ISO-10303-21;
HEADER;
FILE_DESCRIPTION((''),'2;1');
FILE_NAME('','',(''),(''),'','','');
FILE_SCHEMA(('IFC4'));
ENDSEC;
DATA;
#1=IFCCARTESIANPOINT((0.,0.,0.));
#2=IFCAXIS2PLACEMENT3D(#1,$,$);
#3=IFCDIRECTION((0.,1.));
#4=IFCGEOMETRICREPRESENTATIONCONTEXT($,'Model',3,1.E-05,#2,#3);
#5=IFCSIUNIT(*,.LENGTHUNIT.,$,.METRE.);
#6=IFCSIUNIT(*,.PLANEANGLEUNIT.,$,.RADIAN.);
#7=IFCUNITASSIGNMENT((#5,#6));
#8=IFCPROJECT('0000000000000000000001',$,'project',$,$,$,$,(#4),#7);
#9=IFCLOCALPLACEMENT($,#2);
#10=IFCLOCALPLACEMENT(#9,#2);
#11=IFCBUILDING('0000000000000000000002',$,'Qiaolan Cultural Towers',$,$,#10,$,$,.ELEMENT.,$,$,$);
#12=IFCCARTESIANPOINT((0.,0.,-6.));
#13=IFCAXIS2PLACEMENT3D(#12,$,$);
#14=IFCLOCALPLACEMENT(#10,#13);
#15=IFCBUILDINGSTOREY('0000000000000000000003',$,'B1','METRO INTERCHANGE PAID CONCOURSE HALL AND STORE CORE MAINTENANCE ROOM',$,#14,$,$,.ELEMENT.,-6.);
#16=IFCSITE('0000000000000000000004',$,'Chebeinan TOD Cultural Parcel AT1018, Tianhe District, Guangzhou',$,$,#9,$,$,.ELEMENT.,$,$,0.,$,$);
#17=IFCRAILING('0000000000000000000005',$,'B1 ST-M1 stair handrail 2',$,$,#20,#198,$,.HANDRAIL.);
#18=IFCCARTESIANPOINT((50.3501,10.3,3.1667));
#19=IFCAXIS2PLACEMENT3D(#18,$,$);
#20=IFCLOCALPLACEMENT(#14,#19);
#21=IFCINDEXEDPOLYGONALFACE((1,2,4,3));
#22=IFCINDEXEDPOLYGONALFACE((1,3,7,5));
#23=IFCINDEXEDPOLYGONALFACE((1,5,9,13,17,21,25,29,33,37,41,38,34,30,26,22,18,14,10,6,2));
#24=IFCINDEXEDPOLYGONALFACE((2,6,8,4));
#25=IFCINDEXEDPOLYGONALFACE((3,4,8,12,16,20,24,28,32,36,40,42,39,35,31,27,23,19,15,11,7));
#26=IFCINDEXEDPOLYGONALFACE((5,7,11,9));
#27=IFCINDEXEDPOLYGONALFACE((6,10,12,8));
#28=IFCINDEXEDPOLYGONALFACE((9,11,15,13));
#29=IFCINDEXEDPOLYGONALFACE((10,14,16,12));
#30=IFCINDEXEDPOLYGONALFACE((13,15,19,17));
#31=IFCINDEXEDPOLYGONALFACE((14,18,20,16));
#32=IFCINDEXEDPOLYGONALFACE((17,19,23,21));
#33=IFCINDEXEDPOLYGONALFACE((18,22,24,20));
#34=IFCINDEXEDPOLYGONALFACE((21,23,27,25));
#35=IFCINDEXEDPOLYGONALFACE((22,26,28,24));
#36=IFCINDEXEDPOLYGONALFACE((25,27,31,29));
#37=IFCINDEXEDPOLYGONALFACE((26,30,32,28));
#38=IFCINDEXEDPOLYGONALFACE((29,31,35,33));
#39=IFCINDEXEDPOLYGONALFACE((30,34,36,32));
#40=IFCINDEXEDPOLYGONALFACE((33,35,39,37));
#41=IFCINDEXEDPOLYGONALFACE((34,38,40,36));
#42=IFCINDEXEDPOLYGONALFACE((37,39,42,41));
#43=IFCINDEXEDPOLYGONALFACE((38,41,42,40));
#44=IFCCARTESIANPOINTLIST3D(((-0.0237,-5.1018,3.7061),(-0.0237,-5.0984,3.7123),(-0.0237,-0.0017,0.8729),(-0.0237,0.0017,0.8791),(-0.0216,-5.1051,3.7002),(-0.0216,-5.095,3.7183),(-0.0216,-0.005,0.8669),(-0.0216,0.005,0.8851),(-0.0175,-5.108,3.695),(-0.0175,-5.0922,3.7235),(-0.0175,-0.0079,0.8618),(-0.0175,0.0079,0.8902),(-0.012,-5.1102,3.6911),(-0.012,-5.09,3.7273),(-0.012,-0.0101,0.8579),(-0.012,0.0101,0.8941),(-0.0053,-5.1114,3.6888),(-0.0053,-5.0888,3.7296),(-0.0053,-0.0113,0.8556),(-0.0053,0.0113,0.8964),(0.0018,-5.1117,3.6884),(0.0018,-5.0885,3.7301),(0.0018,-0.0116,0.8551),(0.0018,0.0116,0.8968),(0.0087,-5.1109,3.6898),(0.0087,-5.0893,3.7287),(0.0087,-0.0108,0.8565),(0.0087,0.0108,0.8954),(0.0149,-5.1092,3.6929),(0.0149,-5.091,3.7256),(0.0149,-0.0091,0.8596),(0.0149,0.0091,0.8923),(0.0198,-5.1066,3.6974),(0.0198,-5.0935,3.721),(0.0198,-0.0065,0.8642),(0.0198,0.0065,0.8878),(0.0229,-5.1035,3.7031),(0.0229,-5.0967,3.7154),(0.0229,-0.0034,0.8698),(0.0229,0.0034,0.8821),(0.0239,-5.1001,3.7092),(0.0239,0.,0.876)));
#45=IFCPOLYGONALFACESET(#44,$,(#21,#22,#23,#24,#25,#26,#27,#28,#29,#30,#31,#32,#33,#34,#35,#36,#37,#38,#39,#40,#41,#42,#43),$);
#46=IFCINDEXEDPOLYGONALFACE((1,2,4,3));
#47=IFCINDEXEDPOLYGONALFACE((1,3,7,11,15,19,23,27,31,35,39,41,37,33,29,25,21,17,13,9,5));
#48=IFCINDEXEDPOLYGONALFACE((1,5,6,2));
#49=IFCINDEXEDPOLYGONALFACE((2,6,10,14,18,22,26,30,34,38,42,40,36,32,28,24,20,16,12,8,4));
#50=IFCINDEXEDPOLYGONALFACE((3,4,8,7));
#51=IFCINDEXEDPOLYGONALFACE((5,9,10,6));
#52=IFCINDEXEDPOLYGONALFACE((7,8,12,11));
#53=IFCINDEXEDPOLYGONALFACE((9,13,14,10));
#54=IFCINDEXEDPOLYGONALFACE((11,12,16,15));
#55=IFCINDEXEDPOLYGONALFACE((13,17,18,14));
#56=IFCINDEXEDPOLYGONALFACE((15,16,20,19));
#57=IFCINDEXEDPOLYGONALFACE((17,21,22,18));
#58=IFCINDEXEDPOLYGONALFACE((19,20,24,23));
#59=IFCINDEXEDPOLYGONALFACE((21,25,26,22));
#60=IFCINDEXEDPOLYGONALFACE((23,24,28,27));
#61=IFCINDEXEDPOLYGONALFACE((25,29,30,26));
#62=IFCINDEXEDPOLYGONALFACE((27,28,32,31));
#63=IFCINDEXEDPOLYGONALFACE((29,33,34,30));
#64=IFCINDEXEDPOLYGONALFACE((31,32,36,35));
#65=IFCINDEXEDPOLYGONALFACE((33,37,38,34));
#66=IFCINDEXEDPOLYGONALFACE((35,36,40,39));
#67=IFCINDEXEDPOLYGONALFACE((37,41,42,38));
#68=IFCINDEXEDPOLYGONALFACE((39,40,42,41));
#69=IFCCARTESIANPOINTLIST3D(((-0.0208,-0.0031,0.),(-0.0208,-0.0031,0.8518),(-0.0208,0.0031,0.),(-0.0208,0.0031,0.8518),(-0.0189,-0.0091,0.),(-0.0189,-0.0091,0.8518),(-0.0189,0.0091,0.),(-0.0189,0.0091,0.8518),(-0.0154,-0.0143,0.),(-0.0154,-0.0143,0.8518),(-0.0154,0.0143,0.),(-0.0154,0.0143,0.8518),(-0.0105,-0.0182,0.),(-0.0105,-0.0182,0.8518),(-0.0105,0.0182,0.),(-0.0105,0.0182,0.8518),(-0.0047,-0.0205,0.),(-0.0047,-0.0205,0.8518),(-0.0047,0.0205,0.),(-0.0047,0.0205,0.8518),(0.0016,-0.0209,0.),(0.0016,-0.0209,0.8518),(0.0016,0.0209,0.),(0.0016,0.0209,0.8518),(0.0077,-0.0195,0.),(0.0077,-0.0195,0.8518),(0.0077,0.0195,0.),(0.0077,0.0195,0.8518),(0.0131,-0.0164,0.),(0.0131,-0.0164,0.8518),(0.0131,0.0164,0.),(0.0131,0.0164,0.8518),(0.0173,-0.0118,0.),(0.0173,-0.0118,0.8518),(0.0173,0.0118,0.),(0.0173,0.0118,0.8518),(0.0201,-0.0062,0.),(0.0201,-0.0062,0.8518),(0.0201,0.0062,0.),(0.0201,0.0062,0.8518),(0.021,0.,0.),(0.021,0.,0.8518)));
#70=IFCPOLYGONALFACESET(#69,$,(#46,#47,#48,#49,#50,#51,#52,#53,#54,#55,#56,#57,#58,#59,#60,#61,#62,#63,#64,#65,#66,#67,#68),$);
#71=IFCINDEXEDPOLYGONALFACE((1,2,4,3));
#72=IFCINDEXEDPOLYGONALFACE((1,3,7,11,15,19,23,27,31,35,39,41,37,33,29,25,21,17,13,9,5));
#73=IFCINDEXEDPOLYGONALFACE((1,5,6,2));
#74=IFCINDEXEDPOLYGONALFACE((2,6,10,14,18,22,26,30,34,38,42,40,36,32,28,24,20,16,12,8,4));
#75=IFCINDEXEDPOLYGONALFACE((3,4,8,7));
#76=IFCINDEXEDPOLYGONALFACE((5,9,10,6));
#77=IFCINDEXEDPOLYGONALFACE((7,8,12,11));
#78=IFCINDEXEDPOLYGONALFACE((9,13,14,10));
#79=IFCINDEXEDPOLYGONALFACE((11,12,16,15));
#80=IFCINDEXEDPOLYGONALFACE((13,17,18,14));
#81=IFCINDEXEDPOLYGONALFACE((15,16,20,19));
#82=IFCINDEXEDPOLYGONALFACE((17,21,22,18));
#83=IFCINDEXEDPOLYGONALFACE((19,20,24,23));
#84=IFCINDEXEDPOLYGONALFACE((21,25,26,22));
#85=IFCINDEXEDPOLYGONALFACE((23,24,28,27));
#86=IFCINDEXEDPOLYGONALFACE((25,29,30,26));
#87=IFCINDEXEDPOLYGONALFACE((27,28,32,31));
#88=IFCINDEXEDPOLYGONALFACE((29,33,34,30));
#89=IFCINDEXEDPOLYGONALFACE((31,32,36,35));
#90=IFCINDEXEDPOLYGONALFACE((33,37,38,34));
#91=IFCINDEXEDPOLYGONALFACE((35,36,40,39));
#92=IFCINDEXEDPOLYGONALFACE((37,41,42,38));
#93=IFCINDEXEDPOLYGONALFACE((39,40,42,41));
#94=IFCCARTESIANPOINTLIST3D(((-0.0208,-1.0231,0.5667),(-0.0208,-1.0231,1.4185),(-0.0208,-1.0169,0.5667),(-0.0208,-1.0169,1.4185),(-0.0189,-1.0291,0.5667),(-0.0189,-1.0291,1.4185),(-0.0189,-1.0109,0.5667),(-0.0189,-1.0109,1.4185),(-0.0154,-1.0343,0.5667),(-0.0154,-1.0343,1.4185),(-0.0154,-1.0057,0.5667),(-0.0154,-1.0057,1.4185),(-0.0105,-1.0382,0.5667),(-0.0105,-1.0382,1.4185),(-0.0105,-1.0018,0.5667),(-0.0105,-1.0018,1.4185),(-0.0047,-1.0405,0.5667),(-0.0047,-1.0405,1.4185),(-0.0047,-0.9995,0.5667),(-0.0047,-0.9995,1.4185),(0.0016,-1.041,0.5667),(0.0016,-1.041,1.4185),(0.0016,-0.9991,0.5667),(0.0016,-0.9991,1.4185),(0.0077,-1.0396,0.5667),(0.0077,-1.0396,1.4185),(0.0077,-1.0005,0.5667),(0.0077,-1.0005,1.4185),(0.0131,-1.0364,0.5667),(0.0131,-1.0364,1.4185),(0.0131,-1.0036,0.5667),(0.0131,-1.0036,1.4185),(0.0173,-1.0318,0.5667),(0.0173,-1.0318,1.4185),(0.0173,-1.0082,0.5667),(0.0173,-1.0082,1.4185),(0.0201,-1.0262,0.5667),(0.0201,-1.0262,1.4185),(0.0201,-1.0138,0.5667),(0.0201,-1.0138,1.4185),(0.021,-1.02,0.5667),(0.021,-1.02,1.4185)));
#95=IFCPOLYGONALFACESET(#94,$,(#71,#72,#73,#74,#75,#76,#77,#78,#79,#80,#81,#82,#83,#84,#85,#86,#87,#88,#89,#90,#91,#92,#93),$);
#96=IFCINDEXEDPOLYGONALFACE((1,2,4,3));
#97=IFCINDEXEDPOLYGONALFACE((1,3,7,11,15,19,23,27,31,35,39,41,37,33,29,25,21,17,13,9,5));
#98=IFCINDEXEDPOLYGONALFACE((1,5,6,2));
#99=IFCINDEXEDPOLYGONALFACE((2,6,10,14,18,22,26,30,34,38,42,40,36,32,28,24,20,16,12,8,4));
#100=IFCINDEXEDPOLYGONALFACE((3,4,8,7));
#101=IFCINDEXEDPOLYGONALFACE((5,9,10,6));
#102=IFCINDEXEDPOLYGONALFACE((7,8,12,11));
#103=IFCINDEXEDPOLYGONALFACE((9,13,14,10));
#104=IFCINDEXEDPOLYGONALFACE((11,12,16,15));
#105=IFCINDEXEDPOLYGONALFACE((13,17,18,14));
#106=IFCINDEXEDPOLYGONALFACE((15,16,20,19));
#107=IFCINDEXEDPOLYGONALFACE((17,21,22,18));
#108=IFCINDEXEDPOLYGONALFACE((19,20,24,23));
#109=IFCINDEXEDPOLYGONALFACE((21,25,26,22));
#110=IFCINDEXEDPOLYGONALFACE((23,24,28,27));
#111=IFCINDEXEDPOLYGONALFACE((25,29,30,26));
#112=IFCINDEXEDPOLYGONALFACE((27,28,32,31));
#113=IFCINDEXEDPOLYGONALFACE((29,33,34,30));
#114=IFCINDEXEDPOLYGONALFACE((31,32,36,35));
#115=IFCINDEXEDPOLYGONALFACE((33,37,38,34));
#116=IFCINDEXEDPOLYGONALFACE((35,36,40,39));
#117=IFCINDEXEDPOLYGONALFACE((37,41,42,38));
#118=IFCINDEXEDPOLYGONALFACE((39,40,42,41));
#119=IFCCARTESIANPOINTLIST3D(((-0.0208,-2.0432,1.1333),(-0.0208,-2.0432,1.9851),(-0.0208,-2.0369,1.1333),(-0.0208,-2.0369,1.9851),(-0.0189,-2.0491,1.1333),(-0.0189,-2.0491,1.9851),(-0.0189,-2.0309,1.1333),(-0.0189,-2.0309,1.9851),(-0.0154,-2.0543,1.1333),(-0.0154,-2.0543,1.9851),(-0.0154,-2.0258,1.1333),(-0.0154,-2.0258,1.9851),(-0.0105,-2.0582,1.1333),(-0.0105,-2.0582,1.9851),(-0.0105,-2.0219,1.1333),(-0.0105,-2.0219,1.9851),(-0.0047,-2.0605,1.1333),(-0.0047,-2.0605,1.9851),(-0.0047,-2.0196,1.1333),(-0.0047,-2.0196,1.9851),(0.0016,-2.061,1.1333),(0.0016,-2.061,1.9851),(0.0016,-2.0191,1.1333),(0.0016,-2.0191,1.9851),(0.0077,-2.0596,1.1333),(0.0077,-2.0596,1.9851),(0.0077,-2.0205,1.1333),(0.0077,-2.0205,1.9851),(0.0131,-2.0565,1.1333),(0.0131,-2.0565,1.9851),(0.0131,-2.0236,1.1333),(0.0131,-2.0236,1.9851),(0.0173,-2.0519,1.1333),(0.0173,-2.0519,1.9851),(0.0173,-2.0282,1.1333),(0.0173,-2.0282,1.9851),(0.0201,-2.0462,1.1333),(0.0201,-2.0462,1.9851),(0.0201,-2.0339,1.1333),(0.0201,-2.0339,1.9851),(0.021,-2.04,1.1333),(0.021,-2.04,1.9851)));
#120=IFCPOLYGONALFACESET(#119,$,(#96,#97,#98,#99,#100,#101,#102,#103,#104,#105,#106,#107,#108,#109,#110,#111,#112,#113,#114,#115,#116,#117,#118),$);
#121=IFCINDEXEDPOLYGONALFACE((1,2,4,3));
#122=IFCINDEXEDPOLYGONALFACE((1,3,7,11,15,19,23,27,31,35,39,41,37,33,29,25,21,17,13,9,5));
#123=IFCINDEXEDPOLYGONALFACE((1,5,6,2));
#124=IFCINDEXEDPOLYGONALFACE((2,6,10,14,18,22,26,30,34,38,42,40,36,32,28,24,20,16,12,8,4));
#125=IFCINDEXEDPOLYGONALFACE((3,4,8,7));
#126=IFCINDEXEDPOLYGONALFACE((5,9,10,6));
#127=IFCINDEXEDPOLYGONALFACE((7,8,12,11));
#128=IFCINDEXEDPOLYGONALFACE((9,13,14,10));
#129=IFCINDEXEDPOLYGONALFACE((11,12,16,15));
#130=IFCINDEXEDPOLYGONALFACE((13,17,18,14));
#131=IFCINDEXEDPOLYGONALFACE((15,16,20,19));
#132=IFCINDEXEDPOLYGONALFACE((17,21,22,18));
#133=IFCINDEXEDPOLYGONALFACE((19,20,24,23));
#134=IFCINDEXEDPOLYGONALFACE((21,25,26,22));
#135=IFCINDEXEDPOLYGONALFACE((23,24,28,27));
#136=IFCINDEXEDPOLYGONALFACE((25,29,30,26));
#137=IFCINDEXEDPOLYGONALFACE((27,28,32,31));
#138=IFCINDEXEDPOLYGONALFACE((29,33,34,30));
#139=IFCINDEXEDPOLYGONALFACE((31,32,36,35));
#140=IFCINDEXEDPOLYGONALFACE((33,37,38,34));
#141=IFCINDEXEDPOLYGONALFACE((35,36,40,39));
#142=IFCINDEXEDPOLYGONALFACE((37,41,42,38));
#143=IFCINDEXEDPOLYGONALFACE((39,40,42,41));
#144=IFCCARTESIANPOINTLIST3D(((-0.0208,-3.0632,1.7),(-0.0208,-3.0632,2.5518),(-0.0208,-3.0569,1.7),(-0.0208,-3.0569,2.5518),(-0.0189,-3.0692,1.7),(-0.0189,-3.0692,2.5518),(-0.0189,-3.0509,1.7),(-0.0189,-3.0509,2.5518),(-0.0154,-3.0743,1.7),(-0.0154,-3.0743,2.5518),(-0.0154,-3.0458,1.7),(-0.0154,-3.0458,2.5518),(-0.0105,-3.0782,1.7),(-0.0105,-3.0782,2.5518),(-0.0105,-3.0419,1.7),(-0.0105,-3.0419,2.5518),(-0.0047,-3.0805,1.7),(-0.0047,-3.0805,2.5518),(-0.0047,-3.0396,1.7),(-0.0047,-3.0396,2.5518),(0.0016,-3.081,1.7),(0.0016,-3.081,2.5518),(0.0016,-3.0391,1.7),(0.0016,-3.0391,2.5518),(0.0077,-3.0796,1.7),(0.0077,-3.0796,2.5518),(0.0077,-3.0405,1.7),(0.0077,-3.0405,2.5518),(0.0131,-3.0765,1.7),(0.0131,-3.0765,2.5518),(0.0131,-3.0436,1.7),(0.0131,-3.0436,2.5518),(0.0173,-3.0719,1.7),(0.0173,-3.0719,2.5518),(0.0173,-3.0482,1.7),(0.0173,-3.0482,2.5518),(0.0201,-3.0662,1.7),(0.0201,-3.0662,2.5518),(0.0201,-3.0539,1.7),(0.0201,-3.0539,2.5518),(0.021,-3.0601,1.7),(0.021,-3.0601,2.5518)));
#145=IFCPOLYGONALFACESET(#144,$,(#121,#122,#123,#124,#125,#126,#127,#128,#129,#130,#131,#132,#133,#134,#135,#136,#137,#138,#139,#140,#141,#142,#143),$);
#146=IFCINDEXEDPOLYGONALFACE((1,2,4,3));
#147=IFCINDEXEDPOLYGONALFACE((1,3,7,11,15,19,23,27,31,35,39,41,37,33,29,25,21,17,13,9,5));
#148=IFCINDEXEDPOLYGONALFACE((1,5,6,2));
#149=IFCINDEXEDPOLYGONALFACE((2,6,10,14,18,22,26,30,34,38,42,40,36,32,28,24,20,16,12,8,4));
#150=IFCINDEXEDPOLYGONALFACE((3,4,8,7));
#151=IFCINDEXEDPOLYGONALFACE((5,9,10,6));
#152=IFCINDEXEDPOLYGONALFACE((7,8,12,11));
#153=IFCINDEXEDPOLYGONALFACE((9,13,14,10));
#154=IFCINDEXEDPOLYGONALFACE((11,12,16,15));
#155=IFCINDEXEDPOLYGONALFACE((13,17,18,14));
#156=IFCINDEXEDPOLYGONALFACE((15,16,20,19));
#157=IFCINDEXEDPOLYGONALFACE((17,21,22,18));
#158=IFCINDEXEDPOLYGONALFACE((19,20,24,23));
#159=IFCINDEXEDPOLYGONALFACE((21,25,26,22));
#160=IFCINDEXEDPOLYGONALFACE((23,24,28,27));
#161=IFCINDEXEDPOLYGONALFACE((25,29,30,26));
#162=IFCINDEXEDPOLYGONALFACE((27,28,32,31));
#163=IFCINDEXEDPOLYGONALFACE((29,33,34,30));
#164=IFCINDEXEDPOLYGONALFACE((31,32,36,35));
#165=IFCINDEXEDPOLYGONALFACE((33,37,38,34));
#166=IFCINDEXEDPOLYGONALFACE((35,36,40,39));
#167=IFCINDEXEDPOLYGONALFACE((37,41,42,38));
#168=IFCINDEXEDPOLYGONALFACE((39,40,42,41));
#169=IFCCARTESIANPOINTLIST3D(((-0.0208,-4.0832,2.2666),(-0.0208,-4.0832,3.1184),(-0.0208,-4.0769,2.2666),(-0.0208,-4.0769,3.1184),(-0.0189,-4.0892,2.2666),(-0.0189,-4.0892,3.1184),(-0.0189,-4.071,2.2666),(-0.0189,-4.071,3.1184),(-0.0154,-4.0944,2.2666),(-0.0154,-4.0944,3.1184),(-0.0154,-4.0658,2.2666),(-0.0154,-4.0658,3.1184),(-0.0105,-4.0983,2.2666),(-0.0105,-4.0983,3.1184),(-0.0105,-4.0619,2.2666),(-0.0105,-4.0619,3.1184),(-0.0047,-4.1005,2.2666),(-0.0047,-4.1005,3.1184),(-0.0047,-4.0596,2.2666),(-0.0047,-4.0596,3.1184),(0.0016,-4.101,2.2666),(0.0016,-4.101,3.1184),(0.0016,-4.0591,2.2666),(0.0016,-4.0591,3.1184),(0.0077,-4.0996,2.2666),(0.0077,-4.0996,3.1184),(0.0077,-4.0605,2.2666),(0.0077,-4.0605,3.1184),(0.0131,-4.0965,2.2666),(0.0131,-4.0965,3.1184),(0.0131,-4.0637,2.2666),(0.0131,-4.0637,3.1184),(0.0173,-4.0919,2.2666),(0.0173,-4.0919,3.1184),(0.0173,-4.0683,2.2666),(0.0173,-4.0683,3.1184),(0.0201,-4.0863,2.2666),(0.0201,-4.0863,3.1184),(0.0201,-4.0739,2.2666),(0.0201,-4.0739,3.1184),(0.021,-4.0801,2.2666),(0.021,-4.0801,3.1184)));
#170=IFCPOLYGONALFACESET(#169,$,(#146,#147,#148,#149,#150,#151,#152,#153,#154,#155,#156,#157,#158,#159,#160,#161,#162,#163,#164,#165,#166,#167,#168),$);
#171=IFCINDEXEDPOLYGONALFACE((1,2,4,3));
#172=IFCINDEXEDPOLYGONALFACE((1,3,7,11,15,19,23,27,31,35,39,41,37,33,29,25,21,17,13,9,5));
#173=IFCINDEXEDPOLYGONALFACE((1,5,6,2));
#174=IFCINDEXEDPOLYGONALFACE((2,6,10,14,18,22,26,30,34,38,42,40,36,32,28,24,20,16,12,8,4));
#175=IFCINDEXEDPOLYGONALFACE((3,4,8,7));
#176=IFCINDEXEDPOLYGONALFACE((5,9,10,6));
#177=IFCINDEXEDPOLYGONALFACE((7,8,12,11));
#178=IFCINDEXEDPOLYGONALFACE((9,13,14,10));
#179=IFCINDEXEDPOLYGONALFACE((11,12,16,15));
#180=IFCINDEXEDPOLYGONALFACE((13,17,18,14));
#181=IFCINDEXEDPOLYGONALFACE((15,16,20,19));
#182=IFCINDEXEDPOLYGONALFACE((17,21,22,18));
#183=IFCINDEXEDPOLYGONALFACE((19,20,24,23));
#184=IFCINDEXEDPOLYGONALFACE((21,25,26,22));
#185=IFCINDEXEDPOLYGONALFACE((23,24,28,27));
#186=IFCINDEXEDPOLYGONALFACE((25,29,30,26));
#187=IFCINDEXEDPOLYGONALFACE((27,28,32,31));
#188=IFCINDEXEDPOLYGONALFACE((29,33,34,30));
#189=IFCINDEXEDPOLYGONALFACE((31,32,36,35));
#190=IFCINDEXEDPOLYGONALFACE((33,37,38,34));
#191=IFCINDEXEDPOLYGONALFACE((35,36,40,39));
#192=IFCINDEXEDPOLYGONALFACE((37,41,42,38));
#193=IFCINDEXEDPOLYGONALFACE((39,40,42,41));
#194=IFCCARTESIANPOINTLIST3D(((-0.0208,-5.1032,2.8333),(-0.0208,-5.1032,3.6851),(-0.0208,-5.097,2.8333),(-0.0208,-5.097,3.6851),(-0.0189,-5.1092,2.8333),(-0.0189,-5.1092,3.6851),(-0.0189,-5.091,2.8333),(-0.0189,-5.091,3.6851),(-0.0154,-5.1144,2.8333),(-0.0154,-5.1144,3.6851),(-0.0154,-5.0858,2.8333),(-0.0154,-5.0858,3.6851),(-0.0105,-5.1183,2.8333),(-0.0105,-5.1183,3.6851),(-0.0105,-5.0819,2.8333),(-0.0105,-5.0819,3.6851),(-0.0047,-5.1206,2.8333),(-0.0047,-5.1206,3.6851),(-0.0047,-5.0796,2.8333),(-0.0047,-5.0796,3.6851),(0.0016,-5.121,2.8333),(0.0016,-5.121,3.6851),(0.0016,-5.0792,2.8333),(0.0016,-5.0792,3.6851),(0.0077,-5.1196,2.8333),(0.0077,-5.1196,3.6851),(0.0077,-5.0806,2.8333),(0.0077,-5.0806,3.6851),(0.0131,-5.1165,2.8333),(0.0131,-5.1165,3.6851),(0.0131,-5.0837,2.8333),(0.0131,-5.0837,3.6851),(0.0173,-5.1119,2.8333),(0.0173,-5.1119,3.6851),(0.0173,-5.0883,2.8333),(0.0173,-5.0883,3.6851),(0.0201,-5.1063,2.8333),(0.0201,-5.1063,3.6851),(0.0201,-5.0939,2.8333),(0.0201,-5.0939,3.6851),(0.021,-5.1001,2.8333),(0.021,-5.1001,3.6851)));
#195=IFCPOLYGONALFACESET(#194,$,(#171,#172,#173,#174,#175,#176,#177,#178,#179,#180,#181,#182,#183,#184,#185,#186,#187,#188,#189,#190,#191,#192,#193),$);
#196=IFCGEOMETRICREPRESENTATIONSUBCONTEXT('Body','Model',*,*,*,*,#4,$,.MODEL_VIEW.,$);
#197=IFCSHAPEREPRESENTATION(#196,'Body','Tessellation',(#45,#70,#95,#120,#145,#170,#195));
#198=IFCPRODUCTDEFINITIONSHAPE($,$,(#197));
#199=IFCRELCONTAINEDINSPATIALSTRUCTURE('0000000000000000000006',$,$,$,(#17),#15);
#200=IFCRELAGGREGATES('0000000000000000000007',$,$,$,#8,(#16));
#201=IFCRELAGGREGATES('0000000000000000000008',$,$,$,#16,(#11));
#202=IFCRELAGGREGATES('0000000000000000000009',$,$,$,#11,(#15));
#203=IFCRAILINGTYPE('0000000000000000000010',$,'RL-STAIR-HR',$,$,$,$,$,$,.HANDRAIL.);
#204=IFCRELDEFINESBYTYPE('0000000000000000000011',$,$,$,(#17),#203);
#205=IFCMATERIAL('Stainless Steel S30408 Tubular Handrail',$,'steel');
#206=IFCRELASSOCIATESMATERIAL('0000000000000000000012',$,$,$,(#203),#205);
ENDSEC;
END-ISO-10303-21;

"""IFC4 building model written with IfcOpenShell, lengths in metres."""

from ifc_helpers import new_model, si_unit, direction, frame, origin, origin_2d, place, context, subcontext, project, spatial, circle, extrude, material, type_object, element, save


model = new_model("IFC4")

# Units and contexts
model_context = context("Model", 3, precision=1e-05, world=origin(), true_north=direction((0.0, 1.0)))
body_context = subcontext(model_context, "Body", "Model", "MODEL_VIEW")
ifc_project = project(units=[si_unit("LENGTHUNIT", "METRE"), si_unit("PLANEANGLEUNIT", "RADIAN")], contexts=[model_context])

# Site, building, storey
site_placement = place(None, origin())
site = spatial("IfcSite", under=ifc_project, at=site_placement, Name="Chebeinan TOD Cultural Parcel AT1018, Tianhe District, Guangzhou", CompositionType="ELEMENT", RefElevation=0.0)
building_placement = place(site_placement, origin())
building = spatial("IfcBuilding", under=site, at=building_placement, Name="Qiaolan Cultural Towers", CompositionType="ELEMENT")
storey_placement = place(building_placement, frame((0.0, 0.0, -6.0)))
storey = spatial("IfcBuildingStorey", under=building, at=storey_placement, Name="B1", Description="METRO INTERCHANGE PAID CONCOURSE HALL AND STORE CORE MAINTENANCE ROOM", CompositionType="ELEMENT", Elevation=-6.0)

# Railing
ifc_material_1 = material(Name="Stainless Steel S30408 Tubular Handrail", Category="steel")
railing_type_1 = type_object("IfcRailingType", Name="RL-STAIR-HR", PredefinedType="HANDRAIL", material=ifc_material_1)
railing_1_placement = place(storey_placement, frame((50.3501, 10.3, 3.1667)))
element("IfcRailing", 1, at=railing_1_placement, inside=storey, type_object=railing_type_1, Name="B1 ST-M1 stair handrail 2", PredefinedType="HANDRAIL", context=body_context, shape_type="SweptSolid", body=[
    extrude(circle(Radius=0.0239, at=origin_2d()), frame((0.0, 0.0, 0.876), z_axis=(0.0, -0.874167, 0.485625), x_axis=(1.0, 0.0, 0.0)), (0.0, 0.0, 1.0), 5.8342),
    extrude(circle(Radius=0.021, at=origin_2d()), origin(), (0.0, 0.0, 1.0), 0.8518),
    extrude(circle(Radius=0.021, at=origin_2d()), frame((0.0, -1.02, 0.5667)), (0.0, 0.0, 1.0), 0.8518),
    extrude(circle(Radius=0.021, at=origin_2d()), frame((0.0, -2.04, 1.1333)), (0.0, 0.0, 1.0), 0.8518),
    extrude(circle(Radius=0.021, at=origin_2d()), frame((0.0, -3.0601, 1.7)), (0.0, 0.0, 1.0), 0.8518),
    extrude(circle(Radius=0.021, at=origin_2d()), frame((0.0, -4.0801, 2.2666)), (0.0, 0.0, 1.0), 0.8518),
    extrude(circle(Radius=0.021, at=origin_2d()), frame((0.0, -5.1001, 2.8333)), (0.0, 0.0, 1.0), 0.8518),
])

save(model, "model.ifc")
